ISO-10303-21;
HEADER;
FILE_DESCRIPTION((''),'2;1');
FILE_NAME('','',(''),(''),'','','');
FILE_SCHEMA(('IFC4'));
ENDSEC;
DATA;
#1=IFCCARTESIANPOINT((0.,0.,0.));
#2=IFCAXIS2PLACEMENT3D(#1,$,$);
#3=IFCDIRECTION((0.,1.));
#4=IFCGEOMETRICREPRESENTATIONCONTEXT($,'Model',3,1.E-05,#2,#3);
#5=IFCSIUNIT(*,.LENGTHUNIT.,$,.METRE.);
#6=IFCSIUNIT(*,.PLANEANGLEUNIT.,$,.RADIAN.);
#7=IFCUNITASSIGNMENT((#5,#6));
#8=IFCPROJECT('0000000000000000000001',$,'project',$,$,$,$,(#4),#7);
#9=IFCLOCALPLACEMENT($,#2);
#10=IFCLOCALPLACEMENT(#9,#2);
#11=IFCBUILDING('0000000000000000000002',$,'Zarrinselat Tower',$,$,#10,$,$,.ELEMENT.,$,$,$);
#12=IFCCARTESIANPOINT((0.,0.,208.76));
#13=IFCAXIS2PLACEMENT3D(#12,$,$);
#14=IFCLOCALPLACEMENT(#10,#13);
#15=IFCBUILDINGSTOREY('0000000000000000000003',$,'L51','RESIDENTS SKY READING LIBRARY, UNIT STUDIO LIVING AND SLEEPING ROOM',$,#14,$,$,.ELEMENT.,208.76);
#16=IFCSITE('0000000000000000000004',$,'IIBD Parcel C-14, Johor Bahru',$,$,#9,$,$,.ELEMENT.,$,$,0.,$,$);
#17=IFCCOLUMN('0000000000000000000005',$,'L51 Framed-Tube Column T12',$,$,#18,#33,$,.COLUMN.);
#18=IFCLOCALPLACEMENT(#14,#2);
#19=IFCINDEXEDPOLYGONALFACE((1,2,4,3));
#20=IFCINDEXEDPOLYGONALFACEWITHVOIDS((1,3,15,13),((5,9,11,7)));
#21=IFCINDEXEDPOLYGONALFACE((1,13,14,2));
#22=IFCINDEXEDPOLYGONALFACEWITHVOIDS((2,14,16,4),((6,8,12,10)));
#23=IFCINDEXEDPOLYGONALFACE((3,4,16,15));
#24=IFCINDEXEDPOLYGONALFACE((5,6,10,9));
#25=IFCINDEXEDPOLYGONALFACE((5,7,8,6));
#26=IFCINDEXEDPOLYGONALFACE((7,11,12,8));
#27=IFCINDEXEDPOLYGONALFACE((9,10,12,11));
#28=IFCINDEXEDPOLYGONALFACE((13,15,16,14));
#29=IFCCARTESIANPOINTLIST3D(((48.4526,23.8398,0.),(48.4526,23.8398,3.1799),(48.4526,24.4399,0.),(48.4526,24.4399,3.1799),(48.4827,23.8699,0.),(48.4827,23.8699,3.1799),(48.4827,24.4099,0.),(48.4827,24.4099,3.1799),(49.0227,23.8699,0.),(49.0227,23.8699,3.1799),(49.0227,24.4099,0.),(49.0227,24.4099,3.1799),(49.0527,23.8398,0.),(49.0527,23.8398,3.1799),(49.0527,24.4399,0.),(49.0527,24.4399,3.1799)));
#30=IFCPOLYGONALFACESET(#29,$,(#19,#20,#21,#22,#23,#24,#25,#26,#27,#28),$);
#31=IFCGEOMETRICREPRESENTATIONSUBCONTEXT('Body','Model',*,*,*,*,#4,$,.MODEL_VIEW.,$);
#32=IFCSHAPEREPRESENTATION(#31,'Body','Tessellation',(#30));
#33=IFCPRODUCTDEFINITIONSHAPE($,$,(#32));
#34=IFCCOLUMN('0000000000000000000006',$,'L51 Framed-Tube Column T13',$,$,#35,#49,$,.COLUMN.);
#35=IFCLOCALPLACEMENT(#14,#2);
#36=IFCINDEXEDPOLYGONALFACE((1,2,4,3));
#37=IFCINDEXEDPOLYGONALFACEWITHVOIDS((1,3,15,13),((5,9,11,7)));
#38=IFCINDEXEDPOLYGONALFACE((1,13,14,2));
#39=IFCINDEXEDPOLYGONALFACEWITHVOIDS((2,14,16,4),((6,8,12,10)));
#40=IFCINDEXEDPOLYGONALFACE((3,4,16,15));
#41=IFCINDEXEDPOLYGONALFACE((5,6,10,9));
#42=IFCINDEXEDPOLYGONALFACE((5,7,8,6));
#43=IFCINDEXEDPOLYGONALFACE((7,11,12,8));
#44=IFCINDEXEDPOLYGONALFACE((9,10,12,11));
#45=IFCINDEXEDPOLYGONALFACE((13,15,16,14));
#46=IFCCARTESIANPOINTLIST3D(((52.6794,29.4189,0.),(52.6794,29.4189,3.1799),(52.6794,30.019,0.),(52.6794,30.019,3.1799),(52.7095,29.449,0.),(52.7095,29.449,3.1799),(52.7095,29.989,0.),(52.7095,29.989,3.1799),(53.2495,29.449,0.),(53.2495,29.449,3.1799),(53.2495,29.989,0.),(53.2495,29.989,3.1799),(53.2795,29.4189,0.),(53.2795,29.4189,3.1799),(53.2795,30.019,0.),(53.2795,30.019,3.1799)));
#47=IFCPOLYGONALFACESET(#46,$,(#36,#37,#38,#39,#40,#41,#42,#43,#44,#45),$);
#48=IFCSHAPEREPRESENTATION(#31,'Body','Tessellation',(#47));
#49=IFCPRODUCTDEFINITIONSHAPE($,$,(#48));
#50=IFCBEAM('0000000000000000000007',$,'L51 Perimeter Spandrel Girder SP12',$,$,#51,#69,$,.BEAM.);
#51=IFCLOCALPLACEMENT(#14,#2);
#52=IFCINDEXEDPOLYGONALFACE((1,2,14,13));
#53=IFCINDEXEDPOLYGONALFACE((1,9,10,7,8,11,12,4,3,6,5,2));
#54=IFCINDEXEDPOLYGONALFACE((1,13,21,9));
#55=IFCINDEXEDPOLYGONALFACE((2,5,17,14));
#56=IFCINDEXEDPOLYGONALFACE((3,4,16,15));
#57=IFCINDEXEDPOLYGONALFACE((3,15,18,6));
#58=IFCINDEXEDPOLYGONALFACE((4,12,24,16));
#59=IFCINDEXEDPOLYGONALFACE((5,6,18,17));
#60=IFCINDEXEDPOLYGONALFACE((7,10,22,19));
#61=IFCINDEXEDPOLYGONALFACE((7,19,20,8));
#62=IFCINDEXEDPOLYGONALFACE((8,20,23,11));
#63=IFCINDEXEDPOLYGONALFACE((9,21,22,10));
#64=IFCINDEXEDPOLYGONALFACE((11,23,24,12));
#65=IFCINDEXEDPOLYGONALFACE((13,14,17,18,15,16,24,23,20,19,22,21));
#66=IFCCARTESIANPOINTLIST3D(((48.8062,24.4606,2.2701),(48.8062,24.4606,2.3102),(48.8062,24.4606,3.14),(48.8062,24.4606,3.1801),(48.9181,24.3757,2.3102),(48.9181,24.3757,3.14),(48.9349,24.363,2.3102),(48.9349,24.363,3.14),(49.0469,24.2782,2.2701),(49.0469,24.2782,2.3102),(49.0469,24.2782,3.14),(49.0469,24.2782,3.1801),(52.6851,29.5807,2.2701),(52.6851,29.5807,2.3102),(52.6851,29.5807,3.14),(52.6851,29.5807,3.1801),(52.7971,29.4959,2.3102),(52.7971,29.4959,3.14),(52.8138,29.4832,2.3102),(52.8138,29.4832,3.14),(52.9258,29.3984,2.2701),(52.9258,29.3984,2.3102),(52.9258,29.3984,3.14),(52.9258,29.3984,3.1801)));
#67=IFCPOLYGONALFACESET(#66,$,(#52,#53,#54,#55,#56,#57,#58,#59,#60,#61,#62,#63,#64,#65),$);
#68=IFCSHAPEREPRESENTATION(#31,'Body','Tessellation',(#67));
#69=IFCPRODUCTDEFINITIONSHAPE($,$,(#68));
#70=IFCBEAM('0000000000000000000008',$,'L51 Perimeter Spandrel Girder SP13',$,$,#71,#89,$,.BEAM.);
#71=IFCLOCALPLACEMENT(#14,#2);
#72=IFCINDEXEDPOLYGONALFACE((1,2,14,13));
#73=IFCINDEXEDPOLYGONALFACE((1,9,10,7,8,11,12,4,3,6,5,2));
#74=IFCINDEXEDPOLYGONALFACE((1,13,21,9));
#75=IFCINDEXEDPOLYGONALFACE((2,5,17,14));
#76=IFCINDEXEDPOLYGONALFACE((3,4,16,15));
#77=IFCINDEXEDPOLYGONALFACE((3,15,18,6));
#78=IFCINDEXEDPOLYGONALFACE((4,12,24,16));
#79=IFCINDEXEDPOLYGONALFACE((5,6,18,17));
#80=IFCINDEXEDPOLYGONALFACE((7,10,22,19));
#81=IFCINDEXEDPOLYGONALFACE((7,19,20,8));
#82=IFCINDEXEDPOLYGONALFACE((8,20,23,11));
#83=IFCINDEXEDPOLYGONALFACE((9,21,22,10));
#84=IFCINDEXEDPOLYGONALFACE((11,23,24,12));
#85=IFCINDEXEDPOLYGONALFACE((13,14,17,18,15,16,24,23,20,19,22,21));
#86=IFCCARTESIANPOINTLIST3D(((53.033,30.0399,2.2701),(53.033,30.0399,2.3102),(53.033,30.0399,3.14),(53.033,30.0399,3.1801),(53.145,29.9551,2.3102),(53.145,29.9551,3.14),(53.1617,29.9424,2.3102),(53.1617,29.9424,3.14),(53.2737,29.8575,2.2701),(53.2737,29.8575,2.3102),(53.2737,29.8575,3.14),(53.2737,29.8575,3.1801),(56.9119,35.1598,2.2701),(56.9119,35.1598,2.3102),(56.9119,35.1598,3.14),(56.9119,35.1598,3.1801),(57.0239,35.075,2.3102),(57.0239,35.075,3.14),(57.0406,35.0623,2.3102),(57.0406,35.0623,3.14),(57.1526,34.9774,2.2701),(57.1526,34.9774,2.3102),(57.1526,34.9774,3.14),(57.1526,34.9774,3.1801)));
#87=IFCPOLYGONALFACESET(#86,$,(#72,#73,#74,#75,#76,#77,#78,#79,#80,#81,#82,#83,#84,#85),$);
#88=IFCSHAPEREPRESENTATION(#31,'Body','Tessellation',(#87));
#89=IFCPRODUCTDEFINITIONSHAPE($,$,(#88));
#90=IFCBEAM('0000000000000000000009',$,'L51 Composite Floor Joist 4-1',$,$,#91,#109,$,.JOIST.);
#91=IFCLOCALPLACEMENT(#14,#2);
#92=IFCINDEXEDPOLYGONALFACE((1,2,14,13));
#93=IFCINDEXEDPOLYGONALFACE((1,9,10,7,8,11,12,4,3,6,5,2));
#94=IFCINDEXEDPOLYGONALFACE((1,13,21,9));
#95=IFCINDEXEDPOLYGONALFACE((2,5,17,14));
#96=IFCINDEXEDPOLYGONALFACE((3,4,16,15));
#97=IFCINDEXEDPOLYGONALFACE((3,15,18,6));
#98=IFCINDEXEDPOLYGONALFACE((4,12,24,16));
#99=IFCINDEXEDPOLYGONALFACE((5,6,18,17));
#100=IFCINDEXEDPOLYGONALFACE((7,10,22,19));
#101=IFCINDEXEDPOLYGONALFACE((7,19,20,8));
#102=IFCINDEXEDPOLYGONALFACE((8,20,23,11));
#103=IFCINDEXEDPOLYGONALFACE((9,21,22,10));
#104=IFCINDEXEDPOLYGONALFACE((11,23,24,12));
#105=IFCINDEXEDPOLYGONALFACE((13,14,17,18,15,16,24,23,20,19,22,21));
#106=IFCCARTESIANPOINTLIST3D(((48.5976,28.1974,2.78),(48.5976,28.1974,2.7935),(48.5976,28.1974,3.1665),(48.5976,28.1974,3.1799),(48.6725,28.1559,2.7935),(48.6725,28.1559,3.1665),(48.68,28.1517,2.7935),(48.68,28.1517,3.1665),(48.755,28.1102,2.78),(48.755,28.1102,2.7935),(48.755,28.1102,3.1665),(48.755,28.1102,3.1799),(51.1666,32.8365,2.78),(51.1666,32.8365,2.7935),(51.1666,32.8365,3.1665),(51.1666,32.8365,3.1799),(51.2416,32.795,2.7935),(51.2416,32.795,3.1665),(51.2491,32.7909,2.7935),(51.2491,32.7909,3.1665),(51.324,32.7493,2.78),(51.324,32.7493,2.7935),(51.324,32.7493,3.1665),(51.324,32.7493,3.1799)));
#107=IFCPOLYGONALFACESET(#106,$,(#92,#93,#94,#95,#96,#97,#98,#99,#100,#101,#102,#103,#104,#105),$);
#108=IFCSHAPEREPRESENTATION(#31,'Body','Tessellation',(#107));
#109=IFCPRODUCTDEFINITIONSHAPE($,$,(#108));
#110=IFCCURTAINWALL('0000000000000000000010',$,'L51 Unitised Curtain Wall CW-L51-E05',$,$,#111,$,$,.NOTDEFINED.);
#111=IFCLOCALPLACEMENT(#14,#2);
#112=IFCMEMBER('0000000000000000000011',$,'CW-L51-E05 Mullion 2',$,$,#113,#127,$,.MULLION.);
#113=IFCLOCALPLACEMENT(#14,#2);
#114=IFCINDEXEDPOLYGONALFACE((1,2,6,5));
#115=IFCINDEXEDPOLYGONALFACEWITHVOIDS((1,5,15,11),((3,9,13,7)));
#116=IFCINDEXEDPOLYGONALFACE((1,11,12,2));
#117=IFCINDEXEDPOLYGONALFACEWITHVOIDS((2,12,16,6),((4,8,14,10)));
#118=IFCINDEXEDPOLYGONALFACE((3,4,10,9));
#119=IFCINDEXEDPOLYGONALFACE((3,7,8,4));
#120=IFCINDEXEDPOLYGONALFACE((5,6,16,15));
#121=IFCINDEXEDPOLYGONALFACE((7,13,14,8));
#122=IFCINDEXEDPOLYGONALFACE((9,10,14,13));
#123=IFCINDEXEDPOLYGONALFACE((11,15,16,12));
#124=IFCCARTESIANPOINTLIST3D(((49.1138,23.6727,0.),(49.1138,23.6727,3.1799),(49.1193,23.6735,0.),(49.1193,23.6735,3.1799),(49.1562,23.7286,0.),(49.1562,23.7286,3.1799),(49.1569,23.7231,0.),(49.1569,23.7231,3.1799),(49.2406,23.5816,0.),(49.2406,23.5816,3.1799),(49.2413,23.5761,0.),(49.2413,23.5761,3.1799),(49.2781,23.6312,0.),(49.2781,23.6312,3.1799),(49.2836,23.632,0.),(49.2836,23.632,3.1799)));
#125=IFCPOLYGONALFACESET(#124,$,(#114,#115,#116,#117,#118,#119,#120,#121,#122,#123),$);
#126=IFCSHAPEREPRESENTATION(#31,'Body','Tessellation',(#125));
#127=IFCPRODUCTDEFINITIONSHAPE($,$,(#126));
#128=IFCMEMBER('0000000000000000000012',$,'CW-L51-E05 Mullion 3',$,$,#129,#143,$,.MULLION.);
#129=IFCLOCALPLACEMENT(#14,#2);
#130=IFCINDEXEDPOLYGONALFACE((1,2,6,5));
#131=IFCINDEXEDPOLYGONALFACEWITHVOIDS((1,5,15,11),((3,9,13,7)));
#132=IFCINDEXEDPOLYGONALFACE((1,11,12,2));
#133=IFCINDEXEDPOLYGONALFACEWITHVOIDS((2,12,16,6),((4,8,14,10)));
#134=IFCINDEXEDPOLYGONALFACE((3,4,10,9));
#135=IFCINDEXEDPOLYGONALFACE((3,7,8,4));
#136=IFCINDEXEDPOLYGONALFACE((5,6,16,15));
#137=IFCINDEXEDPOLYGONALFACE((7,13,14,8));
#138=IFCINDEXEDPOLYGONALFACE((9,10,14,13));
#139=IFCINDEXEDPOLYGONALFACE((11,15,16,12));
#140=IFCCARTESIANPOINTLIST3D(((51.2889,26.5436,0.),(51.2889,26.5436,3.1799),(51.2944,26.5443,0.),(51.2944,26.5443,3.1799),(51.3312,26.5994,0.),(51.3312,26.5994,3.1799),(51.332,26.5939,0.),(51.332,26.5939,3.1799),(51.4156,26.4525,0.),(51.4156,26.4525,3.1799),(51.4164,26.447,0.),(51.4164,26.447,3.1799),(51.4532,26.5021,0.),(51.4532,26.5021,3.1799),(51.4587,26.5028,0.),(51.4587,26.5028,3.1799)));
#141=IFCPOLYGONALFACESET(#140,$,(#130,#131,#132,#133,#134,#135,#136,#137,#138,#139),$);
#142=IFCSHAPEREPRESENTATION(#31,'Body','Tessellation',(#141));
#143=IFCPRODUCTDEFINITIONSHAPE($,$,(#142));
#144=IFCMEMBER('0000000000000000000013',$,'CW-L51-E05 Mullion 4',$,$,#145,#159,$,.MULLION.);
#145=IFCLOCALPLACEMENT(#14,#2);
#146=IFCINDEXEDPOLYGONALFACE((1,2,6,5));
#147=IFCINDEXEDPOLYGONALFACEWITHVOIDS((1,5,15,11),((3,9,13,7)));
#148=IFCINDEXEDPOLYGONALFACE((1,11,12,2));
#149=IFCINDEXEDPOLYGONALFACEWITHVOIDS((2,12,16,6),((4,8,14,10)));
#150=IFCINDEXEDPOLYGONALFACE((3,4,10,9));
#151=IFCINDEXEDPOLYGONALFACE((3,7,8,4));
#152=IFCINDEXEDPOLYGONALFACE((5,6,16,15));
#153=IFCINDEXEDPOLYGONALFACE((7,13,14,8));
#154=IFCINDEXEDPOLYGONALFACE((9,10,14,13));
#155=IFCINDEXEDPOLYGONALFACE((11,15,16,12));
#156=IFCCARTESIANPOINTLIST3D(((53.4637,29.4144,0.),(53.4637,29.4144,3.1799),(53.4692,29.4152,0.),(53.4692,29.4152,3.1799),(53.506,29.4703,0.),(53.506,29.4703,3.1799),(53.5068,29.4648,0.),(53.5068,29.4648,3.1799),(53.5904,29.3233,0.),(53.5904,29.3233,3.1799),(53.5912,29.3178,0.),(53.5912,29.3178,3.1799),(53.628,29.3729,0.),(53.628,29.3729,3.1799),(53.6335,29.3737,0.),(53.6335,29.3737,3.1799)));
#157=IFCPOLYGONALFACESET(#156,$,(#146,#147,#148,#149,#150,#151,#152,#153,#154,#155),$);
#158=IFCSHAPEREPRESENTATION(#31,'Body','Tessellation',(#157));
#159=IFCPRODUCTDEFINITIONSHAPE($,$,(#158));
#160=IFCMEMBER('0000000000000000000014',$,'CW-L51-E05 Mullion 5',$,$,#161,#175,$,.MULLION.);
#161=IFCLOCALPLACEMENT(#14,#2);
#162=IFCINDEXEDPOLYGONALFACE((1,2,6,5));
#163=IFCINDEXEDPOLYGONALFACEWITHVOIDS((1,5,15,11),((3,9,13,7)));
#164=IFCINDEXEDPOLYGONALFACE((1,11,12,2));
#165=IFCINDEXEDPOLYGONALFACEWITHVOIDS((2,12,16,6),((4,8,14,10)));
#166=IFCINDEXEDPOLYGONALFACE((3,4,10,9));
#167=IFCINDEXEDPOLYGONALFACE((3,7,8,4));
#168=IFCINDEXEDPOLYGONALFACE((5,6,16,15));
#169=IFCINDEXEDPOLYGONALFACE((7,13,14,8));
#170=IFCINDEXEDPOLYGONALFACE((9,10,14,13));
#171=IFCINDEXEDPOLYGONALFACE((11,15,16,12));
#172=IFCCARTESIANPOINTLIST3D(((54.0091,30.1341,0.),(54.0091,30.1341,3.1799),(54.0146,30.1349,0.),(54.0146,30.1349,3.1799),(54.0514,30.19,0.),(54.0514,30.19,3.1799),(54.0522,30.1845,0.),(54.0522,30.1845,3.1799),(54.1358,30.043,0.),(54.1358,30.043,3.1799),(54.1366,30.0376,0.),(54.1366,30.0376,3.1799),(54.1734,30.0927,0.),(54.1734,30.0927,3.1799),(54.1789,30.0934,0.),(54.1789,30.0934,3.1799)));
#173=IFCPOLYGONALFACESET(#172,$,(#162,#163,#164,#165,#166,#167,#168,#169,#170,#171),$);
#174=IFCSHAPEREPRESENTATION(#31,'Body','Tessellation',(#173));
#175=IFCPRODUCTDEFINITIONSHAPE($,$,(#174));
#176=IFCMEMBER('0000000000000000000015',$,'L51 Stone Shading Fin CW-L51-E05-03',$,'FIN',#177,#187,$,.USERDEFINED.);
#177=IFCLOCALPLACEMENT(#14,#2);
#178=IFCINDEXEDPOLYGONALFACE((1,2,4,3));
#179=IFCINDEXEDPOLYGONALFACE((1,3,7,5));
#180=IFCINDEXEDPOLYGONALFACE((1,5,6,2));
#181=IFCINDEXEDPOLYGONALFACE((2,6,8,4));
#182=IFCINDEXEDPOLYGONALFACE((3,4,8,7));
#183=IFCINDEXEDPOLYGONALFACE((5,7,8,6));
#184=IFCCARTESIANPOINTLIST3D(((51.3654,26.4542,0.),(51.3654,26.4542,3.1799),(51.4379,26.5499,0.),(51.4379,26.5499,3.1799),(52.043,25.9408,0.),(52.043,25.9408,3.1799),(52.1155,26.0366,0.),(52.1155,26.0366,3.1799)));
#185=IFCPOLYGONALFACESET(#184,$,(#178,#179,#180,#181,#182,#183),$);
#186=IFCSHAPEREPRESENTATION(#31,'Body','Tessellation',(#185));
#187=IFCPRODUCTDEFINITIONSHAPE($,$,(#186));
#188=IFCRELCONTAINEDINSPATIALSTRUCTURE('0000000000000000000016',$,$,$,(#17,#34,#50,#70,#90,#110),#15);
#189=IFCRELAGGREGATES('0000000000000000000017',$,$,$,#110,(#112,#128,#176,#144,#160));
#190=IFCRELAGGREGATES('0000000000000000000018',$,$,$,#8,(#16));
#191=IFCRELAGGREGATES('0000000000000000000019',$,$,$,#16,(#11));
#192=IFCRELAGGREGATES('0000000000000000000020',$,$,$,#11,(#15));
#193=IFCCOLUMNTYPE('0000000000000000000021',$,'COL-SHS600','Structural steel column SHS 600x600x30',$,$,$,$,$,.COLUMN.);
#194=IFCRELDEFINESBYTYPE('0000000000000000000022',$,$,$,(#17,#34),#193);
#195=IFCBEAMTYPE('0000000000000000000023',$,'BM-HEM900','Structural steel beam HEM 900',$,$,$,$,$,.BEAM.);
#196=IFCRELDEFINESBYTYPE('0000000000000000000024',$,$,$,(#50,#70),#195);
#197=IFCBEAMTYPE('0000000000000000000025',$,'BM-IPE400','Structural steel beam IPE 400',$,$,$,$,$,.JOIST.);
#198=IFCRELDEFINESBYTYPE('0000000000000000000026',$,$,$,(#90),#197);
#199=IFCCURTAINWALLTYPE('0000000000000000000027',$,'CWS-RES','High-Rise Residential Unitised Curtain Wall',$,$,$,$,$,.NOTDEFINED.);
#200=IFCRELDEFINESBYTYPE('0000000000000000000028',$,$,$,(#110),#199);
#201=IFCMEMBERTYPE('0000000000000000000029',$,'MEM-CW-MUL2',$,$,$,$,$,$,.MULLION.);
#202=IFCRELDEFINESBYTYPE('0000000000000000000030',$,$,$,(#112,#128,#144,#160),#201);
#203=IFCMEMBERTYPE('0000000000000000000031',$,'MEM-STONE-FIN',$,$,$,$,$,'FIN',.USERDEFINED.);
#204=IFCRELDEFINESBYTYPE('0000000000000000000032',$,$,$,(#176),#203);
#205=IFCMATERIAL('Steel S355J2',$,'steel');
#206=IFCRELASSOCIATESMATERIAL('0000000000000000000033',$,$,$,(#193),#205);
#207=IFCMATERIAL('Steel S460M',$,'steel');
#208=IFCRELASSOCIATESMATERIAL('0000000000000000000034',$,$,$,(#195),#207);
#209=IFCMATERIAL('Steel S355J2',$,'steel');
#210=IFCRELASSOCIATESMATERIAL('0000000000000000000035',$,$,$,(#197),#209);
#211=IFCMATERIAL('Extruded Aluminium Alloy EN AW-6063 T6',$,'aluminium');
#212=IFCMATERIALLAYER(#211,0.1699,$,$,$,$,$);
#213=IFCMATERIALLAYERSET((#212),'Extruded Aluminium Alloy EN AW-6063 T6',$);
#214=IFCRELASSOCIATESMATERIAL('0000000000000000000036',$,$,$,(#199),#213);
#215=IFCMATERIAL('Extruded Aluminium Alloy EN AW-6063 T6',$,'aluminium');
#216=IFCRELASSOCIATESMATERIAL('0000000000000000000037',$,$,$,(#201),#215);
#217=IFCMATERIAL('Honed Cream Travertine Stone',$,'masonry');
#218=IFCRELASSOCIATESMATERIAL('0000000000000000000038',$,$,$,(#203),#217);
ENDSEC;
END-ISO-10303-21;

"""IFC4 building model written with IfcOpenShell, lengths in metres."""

from ifc_helpers import new_model, si_unit, direction, frame, origin, origin_2d, place, context, subcontext, project, spatial, rectangle, hollow_rectangle, i_section, extrude, material, layer, layer_set, material_profile, profile_set, type_object, element, aggregate, save


model = new_model("IFC4")

# Units and contexts
model_context = context("Model", 3, precision=1e-05, world=origin(), true_north=direction((0.0, 1.0)))
body_context = subcontext(model_context, "Body", "Model", "MODEL_VIEW")
ifc_project = project(units=[si_unit("LENGTHUNIT", "METRE"), si_unit("PLANEANGLEUNIT", "RADIAN")], contexts=[model_context])

# Site, building, storey
site_placement = place(None, origin())
site = spatial("IfcSite", under=ifc_project, at=site_placement, Name="IIBD Parcel C-14, Johor Bahru", CompositionType="ELEMENT", RefElevation=0.0)
building_placement = place(site_placement, origin())
building = spatial("IfcBuilding", under=site, at=building_placement, Name="Zarrinselat Tower", CompositionType="ELEMENT")
storey_placement = place(building_placement, frame((0.0, 0.0, 208.76)))
storey = spatial("IfcBuildingStorey", under=building, at=storey_placement, Name="L51", Description="RESIDENTS SKY READING LIBRARY, UNIT STUDIO LIVING AND SLEEPING ROOM", CompositionType="ELEMENT", Elevation=208.76)

# Columns
ifc_material_1 = material(Name="Steel S355J2", Category="steel")
ifc_material_profile_1 = material_profile(ifc_material_1, hollow_rectangle(XDim=0.6001, YDim=0.6001, WallThickness=0.03, at=origin_2d()), Name="SHS 600x600x30")
ifc_profile_set_1 = profile_set([ifc_material_profile_1], Name="Steel S355J2")
column_type = type_object("IfcColumnType", Name="COL-SHS600", Description="Structural steel column SHS 600x600x30", PredefinedType="COLUMN", material=ifc_profile_set_1)
for number, where, z_axis, x_axis, name in (
    (1, (48.7527, 24.1399, 0.0), (0.0, 0.0, 1.0), (1.0, 0.0, 0.0), "L51 Framed-Tube Column T12"),
    (2, (52.9795, 29.719, 0.0), (0.0, 0.0, 1.0), (1.0, 0.0, 0.0), "L51 Framed-Tube Column T13"),
):
    element("IfcColumn", number, at=place(storey_placement, frame(where, z_axis=z_axis, x_axis=x_axis)), inside=storey, type_object=column_type, Name=name, PredefinedType="COLUMN", context=body_context, shape_type="SweptSolid", body=[
        extrude(hollow_rectangle(XDim=0.6001, YDim=0.6001, WallThickness=0.03, at=origin_2d()), origin(), (0.0, 0.0, 1.0), 3.1799),
    ])

# Beams
ifc_material_2 = material(Name="Steel S460M", Category="steel")
ifc_material_profile_2 = material_profile(ifc_material_2, i_section(OverallWidth=0.302, OverallDepth=0.9099, WebThickness=0.021, FlangeThickness=0.04, at=origin_2d()), Name="HEM 900")
ifc_profile_set_2 = profile_set([ifc_material_profile_2], Name="Steel S460M")
beam_type_1 = type_object("IfcBeamType", Name="BM-HEM900", Description="Structural steel beam HEM 900", PredefinedType="BEAM", material=ifc_profile_set_2)
beam_1_placement = place(storey_placement, frame((48.9265, 24.3694, 2.7251), z_axis=(0.603861, 0.79709, 0.0), x_axis=(-0.79709, 0.603861, 0.0)))
element("IfcBeam", 3, at=beam_1_placement, inside=storey, type_object=beam_type_1, Name="L51 Perimeter Spandrel Girder SP12", PredefinedType="BEAM", context=body_context, shape_type="SweptSolid", body=[
    extrude(i_section(OverallWidth=0.302, OverallDepth=0.9099, WebThickness=0.021, FlangeThickness=0.04, at=origin_2d()), origin(), (0.0, 0.0, 1.0), 6.4236),
])
beam_2_placement = place(storey_placement, frame((53.1533, 29.9487, 2.7251), z_axis=(0.603879, 0.797076, 0.0), x_axis=(-0.797076, 0.603879, 0.0)))
element("IfcBeam", 4, at=beam_2_placement, inside=storey, type_object=beam_type_1, Name="L51 Perimeter Spandrel Girder SP13", PredefinedType="BEAM", context=body_context, shape_type="SweptSolid", body=[
    extrude(i_section(OverallWidth=0.302, OverallDepth=0.9099, WebThickness=0.021, FlangeThickness=0.04, at=origin_2d()), origin(), (0.0, 0.0, 1.0), 6.4233),
])
ifc_material_3 = material(Name="Steel S355J2", Category="steel")
ifc_material_profile_3 = material_profile(ifc_material_3, i_section(OverallWidth=0.1799, OverallDepth=0.3999, WebThickness=0.0085, FlangeThickness=0.0134, at=origin_2d()), Name="IPE 400")
ifc_profile_set_3 = profile_set([ifc_material_profile_3], Name="Steel S355J2")
beam_type_2 = type_object("IfcBeamType", Name="BM-IPE400", Description="Structural steel beam IPE 400", PredefinedType="JOIST", material=ifc_profile_set_3)
beam_3_placement = place(storey_placement, frame((48.6763, 28.1538, 2.98), z_axis=(0.484458, 0.874814, 0.0), x_axis=(-0.874814, 0.484458, 0.0)))
element("IfcBeam", 5, at=beam_3_placement, inside=storey, type_object=beam_type_2, Name="L51 Composite Floor Joist 4-1", PredefinedType="JOIST", context=body_context, shape_type="SweptSolid", body=[
    extrude(i_section(OverallWidth=0.1799, OverallDepth=0.3999, WebThickness=0.0085, FlangeThickness=0.0134, at=origin_2d()), origin(), (0.0, 0.0, 1.0), 5.303),
])

# Curtain wall, members
ifc_material_4 = material(Name="Extruded Aluminium Alloy EN AW-6063 T6", Category="aluminium")
ifc_layer_1 = layer(ifc_material_4, 0.1699)
ifc_layer_set_1 = layer_set([ifc_layer_1], Name="Extruded Aluminium Alloy EN AW-6063 T6")
curtain_wall_type = type_object("IfcCurtainWallType", Name="CWS-RES", Description="High-Rise Residential Unitised Curtain Wall", PredefinedType="NOTDEFINED", material=ifc_layer_set_1)
curtain_wall_placement = place(storey_placement, origin())
curtain_wall = element("IfcCurtainWall", 6, at=curtain_wall_placement, inside=storey, type_object=curtain_wall_type, Name="L51 Unitised Curtain Wall CW-L51-E05", PredefinedType="NOTDEFINED")
ifc_material_5 = material(Name="Extruded Aluminium Alloy EN AW-6063 T6", Category="aluminium")
ifc_material_profile_4 = material_profile(ifc_material_5, hollow_rectangle(XDim=0.0701, YDim=0.1599, WallThickness=0.0039, at=origin_2d()), Name="RHS 160x70x4")
ifc_profile_set_4 = profile_set([ifc_material_profile_4], Name="Extruded Aluminium Alloy EN AW-6063 T6")
member_type_1 = type_object("IfcMemberType", Name="MEM-CW-MUL2", PredefinedType="MULLION", material=ifc_profile_set_4)
member_1_placement = place(storey_placement, frame((49.1987, 23.6523, 0.0), z_axis=(0.0, 0.0, 1.0), x_axis=(0.603859, 0.797091, 0.0)))
member_1 = element("IfcMember", 7, at=member_1_placement, type_object=member_type_1, Name="CW-L51-E05 Mullion 2", PredefinedType="MULLION", context=body_context, shape_type="SweptSolid", body=[
    extrude(hollow_rectangle(XDim=0.0701, YDim=0.1599, WallThickness=0.0039, at=origin_2d()), origin(), (0.0, 0.0, 1.0), 3.1799),
])
member_2_placement = place(storey_placement, frame((51.3738, 26.5232, 0.0), z_axis=(0.0, 0.0, 1.0), x_axis=(0.603859, 0.797091, 0.0)))
member_2 = element("IfcMember", 8, at=member_2_placement, type_object=member_type_1, Name="CW-L51-E05 Mullion 3", PredefinedType="MULLION", context=body_context, shape_type="SweptSolid", body=[
    extrude(hollow_rectangle(XDim=0.0701, YDim=0.1599, WallThickness=0.0039, at=origin_2d()), origin(), (0.0, 0.0, 1.0), 3.1799),
])
member_3_placement = place(storey_placement, frame((53.5486, 29.394, 0.0), z_axis=(0.0, 0.0, 1.0), x_axis=(0.603859, 0.797091, 0.0)))
member_3 = element("IfcMember", 9, at=member_3_placement, type_object=member_type_1, Name="CW-L51-E05 Mullion 4", PredefinedType="MULLION", context=body_context, shape_type="SweptSolid", body=[
    extrude(hollow_rectangle(XDim=0.0701, YDim=0.1599, WallThickness=0.0039, at=origin_2d()), origin(), (0.0, 0.0, 1.0), 3.1799),
])
member_4_placement = place(storey_placement, frame((54.094, 30.1138, 0.0), z_axis=(0.0, 0.0, 1.0), x_axis=(0.603859, 0.797091, 0.0)))
member_4 = element("IfcMember", 10, at=member_4_placement, type_object=member_type_1, Name="CW-L51-E05 Mullion 5", PredefinedType="MULLION", context=body_context, shape_type="SweptSolid", body=[
    extrude(hollow_rectangle(XDim=0.0701, YDim=0.1599, WallThickness=0.0039, at=origin_2d()), origin(), (0.0, 0.0, 1.0), 3.1799),
])
ifc_material_6 = material(Name="Honed Cream Travertine Stone", Category="masonry")
ifc_material_profile_5 = material_profile(ifc_material_6, rectangle(XDim=0.1201, YDim=0.8501, at=origin_2d()), Name="FIN 850x120")
ifc_profile_set_5 = profile_set([ifc_material_profile_5], Name="Honed Cream Travertine Stone")
member_type_2 = type_object("IfcMemberType", Name="MEM-STONE-FIN", ElementType="FIN", PredefinedType="USERDEFINED", material=ifc_profile_set_5)
member_5_placement = place(storey_placement, frame((51.7405, 26.2454, 0.0), z_axis=(0.0, 0.0, 1.0), x_axis=(-0.603859, -0.797091, 0.0)))
member_5 = element("IfcMember", 11, at=member_5_placement, type_object=member_type_2, Name="L51 Stone Shading Fin CW-L51-E05-03", ObjectType="FIN", PredefinedType="USERDEFINED", context=body_context, shape_type="SweptSolid", body=[
    extrude(rectangle(XDim=0.1201, YDim=0.8501, at=origin_2d()), origin(), (0.0, 0.0, 1.0), 3.1799),
])
aggregate(curtain_wall, [member_1, member_2, member_5, member_3, member_4])

save(model, "model.ifc")
